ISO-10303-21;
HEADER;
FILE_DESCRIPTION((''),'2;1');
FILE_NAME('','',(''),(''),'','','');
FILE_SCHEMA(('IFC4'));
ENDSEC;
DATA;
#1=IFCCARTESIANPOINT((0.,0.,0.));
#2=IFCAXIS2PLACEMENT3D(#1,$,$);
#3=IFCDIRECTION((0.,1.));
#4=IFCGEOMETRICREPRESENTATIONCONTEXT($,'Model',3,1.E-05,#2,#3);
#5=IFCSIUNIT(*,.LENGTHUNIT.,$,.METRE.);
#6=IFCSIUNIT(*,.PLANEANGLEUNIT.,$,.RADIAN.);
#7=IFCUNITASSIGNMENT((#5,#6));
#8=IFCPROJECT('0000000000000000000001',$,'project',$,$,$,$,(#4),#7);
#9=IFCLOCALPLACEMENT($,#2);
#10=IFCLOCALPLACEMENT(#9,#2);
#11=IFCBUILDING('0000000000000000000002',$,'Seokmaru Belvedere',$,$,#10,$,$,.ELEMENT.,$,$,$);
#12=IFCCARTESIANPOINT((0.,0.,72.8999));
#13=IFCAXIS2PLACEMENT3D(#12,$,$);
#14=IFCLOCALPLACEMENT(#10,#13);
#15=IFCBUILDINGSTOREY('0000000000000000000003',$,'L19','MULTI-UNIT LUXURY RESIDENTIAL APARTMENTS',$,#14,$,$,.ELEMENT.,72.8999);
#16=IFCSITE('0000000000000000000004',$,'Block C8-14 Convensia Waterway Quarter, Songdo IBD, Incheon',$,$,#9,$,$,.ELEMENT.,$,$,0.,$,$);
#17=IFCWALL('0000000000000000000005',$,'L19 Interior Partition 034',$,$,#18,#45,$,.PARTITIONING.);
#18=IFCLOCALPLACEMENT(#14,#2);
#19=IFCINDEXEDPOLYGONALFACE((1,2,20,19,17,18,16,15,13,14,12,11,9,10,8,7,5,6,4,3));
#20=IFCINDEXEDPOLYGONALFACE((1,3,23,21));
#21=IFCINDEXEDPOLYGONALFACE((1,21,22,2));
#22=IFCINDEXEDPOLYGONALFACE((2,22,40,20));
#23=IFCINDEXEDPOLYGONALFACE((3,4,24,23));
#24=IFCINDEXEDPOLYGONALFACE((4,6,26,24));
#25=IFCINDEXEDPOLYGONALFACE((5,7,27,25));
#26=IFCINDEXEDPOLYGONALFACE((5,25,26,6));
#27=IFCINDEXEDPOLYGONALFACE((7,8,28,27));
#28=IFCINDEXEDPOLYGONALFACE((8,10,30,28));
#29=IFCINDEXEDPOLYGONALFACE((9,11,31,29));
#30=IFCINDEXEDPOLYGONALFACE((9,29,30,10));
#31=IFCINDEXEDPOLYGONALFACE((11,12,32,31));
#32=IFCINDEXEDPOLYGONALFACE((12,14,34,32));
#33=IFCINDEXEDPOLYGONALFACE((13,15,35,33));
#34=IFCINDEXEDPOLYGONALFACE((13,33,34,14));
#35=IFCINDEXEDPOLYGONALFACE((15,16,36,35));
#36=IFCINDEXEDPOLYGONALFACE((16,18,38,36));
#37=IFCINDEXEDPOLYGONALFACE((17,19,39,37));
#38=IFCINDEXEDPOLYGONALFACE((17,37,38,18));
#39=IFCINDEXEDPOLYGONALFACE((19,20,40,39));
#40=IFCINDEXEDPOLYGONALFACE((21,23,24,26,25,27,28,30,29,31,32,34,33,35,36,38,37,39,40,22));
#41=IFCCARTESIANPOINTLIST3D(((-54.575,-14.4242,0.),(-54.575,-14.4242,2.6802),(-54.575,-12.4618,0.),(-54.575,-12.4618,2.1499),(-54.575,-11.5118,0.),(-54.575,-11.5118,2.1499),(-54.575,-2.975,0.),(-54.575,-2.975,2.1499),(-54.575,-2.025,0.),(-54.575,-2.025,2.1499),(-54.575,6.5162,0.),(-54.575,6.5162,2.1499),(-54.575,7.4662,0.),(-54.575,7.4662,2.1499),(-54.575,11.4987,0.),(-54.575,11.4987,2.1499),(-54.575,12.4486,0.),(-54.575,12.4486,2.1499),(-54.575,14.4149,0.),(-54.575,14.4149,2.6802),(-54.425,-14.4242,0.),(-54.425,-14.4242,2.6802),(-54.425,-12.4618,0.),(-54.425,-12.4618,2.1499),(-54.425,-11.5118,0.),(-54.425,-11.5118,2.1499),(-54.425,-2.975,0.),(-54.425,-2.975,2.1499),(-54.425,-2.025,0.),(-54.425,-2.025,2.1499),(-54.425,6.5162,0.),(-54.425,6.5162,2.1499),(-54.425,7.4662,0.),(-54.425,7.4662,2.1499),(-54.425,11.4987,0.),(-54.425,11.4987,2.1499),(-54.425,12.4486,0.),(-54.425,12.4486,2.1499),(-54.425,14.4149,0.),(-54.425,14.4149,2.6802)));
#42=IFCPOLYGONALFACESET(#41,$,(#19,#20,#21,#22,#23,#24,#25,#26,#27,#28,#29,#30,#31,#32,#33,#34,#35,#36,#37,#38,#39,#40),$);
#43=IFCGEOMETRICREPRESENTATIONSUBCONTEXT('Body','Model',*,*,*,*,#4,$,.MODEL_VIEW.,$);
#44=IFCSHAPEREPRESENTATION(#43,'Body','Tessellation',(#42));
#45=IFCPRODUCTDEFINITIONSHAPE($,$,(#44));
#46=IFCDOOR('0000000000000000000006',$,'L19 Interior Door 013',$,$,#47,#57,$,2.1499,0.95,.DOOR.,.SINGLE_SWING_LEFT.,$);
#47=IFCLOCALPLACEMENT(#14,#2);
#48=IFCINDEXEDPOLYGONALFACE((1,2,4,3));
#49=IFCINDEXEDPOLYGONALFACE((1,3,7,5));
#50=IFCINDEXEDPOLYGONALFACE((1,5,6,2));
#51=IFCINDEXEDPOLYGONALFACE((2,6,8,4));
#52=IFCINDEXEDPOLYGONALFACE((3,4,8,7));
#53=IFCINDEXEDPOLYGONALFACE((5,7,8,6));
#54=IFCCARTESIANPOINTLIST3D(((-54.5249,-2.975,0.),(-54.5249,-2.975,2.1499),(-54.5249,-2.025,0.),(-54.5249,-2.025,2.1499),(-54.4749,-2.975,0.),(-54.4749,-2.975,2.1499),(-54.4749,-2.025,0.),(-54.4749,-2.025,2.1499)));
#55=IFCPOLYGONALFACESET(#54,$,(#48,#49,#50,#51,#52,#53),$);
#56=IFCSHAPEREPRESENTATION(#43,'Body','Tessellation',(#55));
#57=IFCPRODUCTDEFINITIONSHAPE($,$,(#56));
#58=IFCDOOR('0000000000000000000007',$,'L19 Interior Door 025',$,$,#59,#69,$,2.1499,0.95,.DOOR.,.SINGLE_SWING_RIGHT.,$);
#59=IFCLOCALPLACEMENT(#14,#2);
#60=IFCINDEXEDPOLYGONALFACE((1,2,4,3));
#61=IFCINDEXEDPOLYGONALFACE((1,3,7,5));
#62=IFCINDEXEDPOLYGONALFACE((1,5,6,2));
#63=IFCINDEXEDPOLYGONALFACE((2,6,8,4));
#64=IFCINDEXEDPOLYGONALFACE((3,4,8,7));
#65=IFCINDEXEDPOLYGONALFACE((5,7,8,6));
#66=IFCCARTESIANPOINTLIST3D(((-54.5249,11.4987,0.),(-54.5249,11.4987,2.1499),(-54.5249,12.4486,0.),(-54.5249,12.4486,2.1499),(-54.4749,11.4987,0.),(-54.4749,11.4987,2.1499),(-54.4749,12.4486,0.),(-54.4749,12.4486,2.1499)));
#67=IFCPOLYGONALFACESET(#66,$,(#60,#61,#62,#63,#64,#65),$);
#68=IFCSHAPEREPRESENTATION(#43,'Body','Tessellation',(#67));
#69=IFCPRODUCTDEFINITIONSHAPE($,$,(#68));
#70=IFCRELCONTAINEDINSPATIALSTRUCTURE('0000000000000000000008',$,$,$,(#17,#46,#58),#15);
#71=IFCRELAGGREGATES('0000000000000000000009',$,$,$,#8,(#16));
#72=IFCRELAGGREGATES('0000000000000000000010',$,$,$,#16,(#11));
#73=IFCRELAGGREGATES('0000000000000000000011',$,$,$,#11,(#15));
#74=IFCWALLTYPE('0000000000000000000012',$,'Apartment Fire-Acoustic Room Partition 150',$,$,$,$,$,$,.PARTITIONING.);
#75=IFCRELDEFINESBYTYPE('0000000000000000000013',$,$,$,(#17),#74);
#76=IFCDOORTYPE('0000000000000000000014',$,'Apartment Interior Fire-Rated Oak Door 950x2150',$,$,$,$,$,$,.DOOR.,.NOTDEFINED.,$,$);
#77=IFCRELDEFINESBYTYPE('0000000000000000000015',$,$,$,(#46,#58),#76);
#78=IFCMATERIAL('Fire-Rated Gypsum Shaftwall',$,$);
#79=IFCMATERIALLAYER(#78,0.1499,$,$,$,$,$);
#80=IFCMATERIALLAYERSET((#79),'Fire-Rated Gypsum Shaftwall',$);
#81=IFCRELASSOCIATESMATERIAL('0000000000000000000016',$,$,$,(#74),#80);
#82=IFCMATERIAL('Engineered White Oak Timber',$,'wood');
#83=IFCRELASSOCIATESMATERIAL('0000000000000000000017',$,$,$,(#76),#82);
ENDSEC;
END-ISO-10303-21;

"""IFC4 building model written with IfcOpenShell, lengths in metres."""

from ifc_helpers import new_model, si_unit, direction, frame, frame_2d, origin, place, context, subcontext, project, spatial, rectangle, extrude, source, transform, mapped, material, layer, layer_set, type_object, type_shapes, element, fill, save


model = new_model("IFC4")

# Units and contexts
model_context = context("Model", 3, precision=1e-05, world=origin(), true_north=direction((0.0, 1.0)))
body_context = subcontext(model_context, "Body", "Model", "MODEL_VIEW")
ifc_project = project(units=[si_unit("LENGTHUNIT", "METRE"), si_unit("PLANEANGLEUNIT", "RADIAN")], contexts=[model_context])

# Site, building, storey
site_placement = place(None, origin())
site = spatial("IfcSite", under=ifc_project, at=site_placement, Name="Block C8-14 Convensia Waterway Quarter, Songdo IBD, Incheon", CompositionType="ELEMENT", RefElevation=0.0)
building_placement = place(site_placement, origin())
building = spatial("IfcBuilding", under=site, at=building_placement, Name="Seokmaru Belvedere", CompositionType="ELEMENT")
storey_placement = place(building_placement, frame((0.0, 0.0, 72.8999)))
storey = spatial("IfcBuildingStorey", under=building, at=storey_placement, Name="L19", Description="MULTI-UNIT LUXURY RESIDENTIAL APARTMENTS", CompositionType="ELEMENT", Elevation=72.8999)

# Shared definitions
ifc_material_1 = material(Name="Fire-Rated Gypsum Shaftwall")
ifc_layer_1 = layer(ifc_material_1, 0.1499)
ifc_layer_set_1 = layer_set([ifc_layer_1], Name="Fire-Rated Gypsum Shaftwall")
wall_type = type_object("IfcWallType", Name="Apartment Fire-Acoustic Room Partition 150", PredefinedType="PARTITIONING", material=ifc_layer_set_1)

# Wall, openings, doors
ifc_material_2 = material(Name="Engineered White Oak Timber", Category="wood")
door_type = type_object("IfcDoorType", Name="Apartment Interior Fire-Rated Oak Door 950x2150", OperationType="NOTDEFINED", PredefinedType="DOOR", material=ifc_material_2)
shared_shape_1 = source(origin(), body_context, "Body", "SweptSolid", [
    extrude(rectangle(XDim=0.95, YDim=2.1499, at=frame_2d((0.4751, 1.075))), frame((0.0, 0.0249, 0.0), z_axis=(0.0, -1.0, 0.0), x_axis=(1.0, 0.0, 0.0)), (0.0, 0.0, 1.0), 0.05),
])
type_shapes(door_type, [shared_shape_1])
wall_1_placement = place(storey_placement, frame((-54.5, -14.4241, 0.0), z_axis=(0.0, 0.0, 1.0), x_axis=(0.0, 1.0, 0.0)))
wall_1 = element("IfcWall", 1, at=wall_1_placement, inside=storey, type_object=wall_type, Name="L19 Interior Partition 034", PredefinedType="PARTITIONING", context=body_context, shape_type="SweptSolid", body=[
    extrude(rectangle(XDim=28.8391, YDim=0.1499, at=frame_2d((14.4194, 0.0))), origin(), (0.0, 0.0, 1.0), 2.6802),
])
opening_1_placement = place(wall_1_placement, frame((1.9622, 0.0, 0.0)))
element("IfcOpeningElement", 2, at=opening_1_placement, cuts=wall_1, PredefinedType="OPENING", context=body_context, shape_type="SweptSolid", body=[
    extrude(rectangle(XDim=0.95, YDim=2.1499, at=frame_2d((0.4751, 1.075))), frame((0.0, 0.085, 0.0), z_axis=(0.0, -1.0, 0.0), x_axis=(1.0, 0.0, 0.0)), (0.0, 0.0, 1.0), 0.1699),
])
opening_2_placement = place(wall_1_placement, frame((11.449, 0.0, 0.0)))
opening_2 = element("IfcOpeningElement", 3, at=opening_2_placement, cuts=wall_1, PredefinedType="OPENING", context=body_context, shape_type="SweptSolid", body=[
    extrude(rectangle(XDim=0.95, YDim=2.1499, at=frame_2d((0.4751, 1.075))), frame((0.0, 0.085, 0.0), z_axis=(0.0, -1.0, 0.0), x_axis=(1.0, 0.0, 0.0)), (0.0, 0.0, 1.0), 0.1699),
])
opening_3_placement = place(wall_1_placement, frame((25.9226, 0.0, 0.0)))
opening_3 = element("IfcOpeningElement", 4, at=opening_3_placement, cuts=wall_1, PredefinedType="OPENING", context=body_context, shape_type="SweptSolid", body=[
    extrude(rectangle(XDim=0.95, YDim=2.1499, at=frame_2d((0.4751, 1.075))), frame((0.0, 0.085, 0.0), z_axis=(0.0, -1.0, 0.0), x_axis=(1.0, 0.0, 0.0)), (0.0, 0.0, 1.0), 0.1699),
])
opening_4_placement = place(wall_1_placement, frame((20.9402, 0.0, 0.0)))
element("IfcOpeningElement", 5, at=opening_4_placement, cuts=wall_1, PredefinedType="OPENING", context=body_context, shape_type="SweptSolid", body=[
    extrude(rectangle(XDim=0.95, YDim=2.1499, at=frame_2d((0.4751, 1.075))), frame((0.0, 0.085, 0.0), z_axis=(0.0, -1.0, 0.0), x_axis=(1.0, 0.0, 0.0)), (0.0, 0.0, 1.0), 0.1699),
])
door_1_placement = place(opening_2_placement, origin())
door_1 = element("IfcDoor", 6, at=door_1_placement, inside=storey, type_object=door_type, Name="L19 Interior Door 013", OperationType="SINGLE_SWING_LEFT", OverallHeight=2.1499, OverallWidth=0.95, PredefinedType="DOOR", context=body_context, shape_type="MappedRepresentation", body=[
    mapped(shared_shape_1, transform((0.0, 0.0, 0.0), scale=1.0)),
])
fill(opening_2, door_1)
door_2_placement = place(opening_3_placement, origin())
door_2 = element("IfcDoor", 7, at=door_2_placement, inside=storey, type_object=door_type, Name="L19 Interior Door 025", OperationType="SINGLE_SWING_RIGHT", OverallHeight=2.1499, OverallWidth=0.95, PredefinedType="DOOR", context=body_context, shape_type="MappedRepresentation", body=[
    mapped(shared_shape_1, transform((0.0, 0.0, 0.0), scale=1.0)),
])
fill(opening_3, door_2)

save(model, "model.ifc")
